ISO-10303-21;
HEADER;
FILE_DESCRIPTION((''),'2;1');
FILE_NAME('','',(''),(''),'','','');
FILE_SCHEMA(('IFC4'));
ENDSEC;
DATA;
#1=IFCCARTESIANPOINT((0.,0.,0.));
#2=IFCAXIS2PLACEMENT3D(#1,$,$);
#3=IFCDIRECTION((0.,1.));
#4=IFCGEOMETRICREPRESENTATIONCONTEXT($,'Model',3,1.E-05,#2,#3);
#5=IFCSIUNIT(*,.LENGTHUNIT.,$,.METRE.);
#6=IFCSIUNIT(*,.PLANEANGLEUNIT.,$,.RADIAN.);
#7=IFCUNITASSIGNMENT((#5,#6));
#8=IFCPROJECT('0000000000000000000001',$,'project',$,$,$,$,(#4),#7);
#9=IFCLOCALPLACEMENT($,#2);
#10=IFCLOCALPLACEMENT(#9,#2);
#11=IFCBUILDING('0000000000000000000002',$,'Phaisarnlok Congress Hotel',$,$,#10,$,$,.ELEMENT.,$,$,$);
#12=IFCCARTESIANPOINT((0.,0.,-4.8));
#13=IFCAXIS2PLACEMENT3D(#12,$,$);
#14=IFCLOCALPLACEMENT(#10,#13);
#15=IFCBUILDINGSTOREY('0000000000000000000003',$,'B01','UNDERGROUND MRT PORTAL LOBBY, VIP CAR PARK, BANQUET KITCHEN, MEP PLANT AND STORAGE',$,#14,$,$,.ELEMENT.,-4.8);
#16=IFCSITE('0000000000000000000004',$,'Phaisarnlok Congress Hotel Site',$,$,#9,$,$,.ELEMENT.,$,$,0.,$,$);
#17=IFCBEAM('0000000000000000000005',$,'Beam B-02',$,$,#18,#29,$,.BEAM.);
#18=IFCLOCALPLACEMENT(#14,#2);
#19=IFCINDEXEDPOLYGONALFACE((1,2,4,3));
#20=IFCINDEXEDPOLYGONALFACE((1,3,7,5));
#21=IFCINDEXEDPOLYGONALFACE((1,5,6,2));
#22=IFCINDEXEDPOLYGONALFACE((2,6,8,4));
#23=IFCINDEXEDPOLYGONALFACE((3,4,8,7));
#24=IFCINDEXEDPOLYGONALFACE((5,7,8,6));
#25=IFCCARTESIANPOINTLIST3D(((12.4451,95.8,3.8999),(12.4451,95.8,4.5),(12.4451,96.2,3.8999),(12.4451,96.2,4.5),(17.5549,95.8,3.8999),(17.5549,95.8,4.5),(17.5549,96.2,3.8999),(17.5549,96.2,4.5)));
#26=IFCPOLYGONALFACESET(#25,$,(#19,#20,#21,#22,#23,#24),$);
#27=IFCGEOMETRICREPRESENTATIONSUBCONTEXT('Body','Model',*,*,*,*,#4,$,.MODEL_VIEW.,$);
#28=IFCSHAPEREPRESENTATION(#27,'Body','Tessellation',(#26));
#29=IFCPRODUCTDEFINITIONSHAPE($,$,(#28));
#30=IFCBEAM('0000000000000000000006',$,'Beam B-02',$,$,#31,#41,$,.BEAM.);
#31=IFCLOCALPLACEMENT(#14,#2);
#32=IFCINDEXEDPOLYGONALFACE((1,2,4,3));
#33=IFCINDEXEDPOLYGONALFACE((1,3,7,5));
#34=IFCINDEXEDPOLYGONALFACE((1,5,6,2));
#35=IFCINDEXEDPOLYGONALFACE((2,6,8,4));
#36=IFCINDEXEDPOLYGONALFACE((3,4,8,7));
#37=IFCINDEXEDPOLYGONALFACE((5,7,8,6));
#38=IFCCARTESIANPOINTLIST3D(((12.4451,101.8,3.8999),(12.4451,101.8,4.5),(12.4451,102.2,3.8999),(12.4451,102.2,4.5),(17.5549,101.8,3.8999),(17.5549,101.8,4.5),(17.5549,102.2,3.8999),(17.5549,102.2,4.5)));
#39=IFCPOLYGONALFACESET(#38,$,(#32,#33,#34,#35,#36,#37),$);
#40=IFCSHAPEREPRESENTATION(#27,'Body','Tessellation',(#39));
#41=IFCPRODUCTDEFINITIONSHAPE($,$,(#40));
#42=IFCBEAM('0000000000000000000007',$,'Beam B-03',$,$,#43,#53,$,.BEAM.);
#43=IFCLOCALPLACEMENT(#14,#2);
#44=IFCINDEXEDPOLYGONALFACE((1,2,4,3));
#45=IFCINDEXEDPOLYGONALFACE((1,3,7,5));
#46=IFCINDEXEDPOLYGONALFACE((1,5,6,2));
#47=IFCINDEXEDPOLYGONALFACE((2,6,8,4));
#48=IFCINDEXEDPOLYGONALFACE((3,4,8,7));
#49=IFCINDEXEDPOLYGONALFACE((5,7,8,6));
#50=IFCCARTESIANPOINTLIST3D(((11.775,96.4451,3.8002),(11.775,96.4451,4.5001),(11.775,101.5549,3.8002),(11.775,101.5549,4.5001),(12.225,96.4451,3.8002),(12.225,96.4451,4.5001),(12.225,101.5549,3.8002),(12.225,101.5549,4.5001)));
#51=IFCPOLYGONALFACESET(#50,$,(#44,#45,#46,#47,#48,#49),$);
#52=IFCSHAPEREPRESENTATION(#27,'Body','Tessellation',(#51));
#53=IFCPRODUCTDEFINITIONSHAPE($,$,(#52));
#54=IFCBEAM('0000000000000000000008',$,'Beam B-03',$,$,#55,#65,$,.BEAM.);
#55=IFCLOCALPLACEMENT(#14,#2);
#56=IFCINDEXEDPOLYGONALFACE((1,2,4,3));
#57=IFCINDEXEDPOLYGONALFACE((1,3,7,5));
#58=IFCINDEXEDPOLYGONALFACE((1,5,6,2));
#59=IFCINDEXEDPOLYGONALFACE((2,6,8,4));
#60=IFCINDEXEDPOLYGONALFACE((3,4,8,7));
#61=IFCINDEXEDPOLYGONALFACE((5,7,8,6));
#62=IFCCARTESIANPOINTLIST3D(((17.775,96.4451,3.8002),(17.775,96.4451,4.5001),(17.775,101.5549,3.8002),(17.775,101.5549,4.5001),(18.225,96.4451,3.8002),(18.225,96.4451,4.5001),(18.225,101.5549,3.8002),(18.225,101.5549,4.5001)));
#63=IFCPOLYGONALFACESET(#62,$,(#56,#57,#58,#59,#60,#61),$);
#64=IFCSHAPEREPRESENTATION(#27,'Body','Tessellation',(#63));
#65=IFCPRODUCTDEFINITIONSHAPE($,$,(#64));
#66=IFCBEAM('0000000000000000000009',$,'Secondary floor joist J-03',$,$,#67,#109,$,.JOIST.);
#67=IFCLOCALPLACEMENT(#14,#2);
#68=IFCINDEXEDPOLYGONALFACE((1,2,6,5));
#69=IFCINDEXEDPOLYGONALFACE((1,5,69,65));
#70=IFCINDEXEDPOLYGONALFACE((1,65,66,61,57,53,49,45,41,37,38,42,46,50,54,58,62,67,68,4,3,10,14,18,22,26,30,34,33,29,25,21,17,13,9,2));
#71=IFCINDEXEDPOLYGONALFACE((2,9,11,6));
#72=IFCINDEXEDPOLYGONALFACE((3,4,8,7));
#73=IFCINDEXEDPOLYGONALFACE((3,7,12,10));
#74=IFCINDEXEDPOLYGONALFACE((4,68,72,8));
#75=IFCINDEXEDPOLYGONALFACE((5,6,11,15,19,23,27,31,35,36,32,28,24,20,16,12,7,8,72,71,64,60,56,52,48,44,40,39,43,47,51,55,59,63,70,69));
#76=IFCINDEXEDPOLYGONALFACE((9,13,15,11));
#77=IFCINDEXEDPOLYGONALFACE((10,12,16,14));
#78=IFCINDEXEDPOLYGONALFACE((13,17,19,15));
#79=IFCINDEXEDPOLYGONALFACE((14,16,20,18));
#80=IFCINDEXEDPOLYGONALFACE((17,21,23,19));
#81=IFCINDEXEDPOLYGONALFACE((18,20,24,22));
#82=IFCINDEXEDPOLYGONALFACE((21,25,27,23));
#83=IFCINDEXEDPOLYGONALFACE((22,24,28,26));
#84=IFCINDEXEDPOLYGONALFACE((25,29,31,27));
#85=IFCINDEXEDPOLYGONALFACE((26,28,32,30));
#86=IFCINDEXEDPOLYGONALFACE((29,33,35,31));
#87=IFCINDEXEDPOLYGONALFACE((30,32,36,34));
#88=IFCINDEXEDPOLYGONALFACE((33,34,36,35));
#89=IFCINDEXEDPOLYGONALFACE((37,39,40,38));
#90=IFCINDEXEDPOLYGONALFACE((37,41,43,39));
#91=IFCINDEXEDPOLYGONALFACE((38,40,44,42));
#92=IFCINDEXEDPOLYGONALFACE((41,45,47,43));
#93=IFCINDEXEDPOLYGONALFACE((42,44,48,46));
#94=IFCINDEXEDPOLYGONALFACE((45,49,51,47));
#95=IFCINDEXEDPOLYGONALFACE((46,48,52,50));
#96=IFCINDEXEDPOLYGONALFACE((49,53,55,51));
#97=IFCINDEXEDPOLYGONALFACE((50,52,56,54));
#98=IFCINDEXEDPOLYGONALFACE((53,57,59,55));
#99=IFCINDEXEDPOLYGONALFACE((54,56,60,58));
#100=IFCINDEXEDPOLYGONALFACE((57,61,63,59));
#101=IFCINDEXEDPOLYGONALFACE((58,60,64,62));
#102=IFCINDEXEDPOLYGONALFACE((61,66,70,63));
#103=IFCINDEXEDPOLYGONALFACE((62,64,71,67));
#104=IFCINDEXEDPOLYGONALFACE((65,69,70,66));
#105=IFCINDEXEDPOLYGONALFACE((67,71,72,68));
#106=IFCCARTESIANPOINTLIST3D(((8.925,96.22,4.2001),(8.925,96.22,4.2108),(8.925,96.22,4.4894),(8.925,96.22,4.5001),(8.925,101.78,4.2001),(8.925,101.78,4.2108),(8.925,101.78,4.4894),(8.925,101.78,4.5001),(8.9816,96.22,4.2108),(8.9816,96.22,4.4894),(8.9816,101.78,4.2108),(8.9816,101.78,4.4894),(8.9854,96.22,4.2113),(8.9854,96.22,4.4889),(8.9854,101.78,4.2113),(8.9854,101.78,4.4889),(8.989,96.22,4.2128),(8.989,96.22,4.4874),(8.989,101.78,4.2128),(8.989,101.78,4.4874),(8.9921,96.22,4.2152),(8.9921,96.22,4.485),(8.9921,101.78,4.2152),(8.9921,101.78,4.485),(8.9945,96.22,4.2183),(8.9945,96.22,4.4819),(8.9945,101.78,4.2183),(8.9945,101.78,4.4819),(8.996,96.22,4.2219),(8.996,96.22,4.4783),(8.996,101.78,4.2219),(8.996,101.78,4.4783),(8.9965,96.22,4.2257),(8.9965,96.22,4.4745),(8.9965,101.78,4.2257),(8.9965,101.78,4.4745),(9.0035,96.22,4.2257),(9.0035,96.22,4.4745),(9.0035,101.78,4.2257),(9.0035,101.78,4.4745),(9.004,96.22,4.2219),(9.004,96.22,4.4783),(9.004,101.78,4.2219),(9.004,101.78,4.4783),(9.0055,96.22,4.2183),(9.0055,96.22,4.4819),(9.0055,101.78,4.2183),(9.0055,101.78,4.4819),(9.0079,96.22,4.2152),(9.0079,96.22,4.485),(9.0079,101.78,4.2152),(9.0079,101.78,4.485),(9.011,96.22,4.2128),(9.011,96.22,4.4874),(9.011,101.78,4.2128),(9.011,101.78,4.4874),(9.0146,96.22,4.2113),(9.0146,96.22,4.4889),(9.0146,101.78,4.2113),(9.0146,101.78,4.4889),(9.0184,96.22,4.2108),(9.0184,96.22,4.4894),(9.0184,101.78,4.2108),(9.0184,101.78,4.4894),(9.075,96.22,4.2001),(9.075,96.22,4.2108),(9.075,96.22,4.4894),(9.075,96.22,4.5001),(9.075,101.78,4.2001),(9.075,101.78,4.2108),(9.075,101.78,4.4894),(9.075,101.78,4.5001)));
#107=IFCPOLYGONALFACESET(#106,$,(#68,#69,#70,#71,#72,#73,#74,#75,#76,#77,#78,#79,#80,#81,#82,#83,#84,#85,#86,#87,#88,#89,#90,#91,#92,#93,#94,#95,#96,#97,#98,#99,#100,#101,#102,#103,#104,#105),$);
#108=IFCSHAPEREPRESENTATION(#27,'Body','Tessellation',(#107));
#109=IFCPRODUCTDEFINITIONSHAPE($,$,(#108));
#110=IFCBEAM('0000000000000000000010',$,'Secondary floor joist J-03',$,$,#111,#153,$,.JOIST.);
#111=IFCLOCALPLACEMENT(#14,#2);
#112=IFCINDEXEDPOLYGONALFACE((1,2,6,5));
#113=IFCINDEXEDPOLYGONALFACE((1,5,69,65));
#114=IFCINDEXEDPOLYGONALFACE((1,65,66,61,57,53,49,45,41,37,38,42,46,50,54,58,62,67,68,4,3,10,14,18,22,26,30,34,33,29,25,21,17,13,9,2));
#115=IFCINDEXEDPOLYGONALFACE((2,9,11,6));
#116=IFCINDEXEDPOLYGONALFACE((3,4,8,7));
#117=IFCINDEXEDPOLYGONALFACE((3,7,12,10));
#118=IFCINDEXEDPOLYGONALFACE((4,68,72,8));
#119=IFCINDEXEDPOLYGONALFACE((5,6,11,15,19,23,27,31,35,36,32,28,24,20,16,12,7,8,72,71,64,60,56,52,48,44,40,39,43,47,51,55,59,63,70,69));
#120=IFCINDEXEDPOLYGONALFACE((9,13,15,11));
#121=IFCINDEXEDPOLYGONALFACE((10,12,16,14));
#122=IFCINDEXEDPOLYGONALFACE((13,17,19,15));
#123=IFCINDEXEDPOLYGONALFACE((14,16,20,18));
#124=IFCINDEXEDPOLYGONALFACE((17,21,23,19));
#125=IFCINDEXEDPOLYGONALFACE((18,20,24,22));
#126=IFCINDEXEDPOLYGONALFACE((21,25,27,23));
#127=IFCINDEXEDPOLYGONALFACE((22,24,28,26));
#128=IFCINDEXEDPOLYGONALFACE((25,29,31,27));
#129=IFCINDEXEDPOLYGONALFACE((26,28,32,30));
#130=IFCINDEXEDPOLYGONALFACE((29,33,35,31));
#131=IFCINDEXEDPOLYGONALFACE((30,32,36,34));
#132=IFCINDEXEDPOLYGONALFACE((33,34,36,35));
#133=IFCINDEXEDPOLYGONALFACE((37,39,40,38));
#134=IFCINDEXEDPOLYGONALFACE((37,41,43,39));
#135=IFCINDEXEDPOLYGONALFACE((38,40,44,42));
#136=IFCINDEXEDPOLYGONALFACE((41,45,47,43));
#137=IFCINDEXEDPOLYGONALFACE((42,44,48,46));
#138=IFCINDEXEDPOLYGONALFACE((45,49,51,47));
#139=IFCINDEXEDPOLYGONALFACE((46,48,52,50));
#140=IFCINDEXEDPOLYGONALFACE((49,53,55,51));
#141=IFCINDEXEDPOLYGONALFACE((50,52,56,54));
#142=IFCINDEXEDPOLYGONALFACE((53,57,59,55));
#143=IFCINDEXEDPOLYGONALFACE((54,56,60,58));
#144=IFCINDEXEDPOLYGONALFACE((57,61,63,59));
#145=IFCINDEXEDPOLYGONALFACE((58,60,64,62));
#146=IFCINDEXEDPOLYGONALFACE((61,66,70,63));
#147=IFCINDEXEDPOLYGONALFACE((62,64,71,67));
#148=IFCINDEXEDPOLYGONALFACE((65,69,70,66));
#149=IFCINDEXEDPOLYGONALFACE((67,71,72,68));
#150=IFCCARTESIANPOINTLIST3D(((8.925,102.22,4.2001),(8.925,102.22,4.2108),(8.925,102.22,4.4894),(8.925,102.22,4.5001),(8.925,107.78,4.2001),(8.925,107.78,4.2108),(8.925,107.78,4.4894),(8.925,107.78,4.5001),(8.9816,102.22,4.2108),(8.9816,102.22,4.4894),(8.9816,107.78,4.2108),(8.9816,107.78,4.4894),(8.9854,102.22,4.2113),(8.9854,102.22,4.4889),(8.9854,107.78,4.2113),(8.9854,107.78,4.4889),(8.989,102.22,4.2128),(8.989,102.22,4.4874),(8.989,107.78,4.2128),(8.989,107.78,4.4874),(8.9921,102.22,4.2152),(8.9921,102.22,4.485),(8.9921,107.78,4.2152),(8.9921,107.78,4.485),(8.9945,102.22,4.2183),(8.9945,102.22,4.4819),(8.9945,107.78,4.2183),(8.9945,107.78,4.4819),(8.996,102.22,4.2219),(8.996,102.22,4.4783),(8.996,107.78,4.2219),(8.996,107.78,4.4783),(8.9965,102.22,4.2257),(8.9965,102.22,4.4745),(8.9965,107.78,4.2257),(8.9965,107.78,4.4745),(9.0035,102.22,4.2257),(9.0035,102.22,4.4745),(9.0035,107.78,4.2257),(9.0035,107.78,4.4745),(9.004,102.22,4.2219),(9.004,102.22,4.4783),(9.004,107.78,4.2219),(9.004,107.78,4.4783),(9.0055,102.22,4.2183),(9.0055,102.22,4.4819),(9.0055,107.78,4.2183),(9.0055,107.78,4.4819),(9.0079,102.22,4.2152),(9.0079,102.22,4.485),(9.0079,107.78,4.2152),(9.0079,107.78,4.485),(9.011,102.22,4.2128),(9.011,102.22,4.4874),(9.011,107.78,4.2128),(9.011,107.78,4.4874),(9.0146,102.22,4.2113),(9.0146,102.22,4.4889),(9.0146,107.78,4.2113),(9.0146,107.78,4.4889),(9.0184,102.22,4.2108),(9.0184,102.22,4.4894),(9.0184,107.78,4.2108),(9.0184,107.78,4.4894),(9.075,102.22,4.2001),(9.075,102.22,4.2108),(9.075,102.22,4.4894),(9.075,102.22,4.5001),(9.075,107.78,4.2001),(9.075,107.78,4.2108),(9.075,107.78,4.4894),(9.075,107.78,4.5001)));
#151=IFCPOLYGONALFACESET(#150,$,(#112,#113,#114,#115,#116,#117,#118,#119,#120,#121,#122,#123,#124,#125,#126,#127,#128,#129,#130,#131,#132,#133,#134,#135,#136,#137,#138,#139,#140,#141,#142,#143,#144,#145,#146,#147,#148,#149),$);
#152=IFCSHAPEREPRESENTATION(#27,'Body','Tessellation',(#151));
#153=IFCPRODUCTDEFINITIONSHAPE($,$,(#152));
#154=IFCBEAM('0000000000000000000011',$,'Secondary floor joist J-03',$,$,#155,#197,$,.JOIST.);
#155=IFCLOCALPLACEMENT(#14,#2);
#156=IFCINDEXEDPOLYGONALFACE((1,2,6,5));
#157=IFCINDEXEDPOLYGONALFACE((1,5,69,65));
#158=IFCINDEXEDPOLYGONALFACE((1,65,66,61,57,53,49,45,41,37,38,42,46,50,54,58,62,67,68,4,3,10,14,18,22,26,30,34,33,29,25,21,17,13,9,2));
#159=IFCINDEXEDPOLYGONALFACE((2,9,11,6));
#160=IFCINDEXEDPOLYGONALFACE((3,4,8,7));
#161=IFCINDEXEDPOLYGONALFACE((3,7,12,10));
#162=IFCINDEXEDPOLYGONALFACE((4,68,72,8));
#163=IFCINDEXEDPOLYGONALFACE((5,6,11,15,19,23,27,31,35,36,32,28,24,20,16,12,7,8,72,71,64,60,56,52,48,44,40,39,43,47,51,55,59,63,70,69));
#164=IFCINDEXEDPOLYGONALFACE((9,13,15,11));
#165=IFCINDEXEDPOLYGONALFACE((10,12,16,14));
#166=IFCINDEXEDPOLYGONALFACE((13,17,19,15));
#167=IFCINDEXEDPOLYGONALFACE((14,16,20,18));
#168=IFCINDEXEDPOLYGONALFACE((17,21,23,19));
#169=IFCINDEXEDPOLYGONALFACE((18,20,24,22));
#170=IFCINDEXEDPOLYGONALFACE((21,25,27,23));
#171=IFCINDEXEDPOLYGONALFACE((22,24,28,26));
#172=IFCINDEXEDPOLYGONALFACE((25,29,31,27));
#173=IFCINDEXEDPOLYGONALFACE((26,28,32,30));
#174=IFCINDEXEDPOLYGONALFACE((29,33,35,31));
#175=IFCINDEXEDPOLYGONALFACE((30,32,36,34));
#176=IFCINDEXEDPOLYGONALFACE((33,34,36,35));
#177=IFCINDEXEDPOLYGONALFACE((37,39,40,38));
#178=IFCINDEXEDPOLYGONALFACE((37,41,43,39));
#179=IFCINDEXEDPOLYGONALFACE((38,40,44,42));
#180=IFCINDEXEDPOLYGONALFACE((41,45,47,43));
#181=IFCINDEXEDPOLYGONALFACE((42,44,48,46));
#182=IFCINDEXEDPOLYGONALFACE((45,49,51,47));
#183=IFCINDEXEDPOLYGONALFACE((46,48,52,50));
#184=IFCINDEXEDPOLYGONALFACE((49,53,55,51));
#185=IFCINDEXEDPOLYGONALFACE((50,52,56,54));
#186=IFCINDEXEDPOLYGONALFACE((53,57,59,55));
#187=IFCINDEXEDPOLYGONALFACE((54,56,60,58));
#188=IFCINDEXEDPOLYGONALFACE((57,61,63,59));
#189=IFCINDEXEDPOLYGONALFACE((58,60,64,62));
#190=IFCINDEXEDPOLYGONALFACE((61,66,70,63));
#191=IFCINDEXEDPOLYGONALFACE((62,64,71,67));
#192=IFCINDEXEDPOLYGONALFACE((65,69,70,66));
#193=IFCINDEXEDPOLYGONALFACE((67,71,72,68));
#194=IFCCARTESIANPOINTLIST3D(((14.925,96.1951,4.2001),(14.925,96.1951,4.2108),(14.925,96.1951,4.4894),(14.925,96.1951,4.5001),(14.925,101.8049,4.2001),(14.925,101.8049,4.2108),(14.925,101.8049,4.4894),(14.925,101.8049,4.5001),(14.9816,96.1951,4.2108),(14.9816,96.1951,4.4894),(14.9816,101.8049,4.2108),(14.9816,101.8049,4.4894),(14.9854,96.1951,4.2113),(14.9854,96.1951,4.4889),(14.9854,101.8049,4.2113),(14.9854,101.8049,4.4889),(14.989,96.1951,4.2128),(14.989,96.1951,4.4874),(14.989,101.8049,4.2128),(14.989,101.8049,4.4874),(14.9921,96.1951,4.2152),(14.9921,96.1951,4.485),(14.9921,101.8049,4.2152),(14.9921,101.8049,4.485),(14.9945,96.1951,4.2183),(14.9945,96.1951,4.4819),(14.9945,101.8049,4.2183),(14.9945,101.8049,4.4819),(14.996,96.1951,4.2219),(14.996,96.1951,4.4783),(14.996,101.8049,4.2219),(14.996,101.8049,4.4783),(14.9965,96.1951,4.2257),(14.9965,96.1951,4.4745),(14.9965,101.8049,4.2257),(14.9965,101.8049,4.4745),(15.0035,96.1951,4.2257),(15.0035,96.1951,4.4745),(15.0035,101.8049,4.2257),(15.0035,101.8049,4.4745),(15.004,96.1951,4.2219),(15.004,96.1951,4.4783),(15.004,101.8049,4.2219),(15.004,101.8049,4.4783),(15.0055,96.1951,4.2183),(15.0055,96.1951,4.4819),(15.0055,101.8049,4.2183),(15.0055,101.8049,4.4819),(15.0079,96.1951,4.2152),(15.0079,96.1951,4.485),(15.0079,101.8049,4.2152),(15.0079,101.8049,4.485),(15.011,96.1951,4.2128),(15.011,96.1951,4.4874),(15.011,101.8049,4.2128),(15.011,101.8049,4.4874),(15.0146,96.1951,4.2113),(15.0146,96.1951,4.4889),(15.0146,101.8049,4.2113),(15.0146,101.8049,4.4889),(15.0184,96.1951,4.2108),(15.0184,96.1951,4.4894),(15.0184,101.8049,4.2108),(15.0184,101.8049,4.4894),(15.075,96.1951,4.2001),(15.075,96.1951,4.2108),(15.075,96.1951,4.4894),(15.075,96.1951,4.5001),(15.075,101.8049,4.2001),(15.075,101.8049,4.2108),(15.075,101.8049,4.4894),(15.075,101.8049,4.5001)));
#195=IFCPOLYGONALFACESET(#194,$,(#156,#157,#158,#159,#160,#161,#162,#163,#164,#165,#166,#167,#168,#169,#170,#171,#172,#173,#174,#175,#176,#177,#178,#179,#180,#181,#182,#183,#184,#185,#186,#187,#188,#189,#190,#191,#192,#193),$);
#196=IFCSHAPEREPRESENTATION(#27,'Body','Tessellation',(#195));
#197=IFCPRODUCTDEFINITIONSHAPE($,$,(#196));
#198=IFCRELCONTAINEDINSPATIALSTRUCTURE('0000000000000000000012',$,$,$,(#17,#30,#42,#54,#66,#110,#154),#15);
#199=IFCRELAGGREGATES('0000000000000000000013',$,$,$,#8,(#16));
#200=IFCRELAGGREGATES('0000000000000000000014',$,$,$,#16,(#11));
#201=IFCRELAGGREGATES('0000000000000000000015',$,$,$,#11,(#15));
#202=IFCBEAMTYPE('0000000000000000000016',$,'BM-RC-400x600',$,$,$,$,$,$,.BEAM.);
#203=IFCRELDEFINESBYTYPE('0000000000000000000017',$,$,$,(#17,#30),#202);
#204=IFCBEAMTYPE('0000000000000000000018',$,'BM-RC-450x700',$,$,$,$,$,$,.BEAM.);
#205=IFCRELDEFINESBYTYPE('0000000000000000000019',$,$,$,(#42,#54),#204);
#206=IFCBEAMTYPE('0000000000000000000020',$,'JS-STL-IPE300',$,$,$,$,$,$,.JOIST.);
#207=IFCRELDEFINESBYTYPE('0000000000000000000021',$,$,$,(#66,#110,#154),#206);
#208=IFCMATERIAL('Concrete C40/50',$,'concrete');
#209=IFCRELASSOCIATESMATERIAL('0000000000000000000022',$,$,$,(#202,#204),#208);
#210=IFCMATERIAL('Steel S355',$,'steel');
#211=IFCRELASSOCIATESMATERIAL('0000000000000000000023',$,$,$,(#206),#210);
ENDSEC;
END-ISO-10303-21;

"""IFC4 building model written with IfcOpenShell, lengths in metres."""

from ifc_helpers import new_model, si_unit, direction, frame, origin, origin_2d, place, context, subcontext, project, spatial, rectangle, i_section, extrude, material, material_profile, profile_set, type_object, element, save


model = new_model("IFC4")

# Units and contexts
model_context = context("Model", 3, precision=1e-05, world=origin(), true_north=direction((0.0, 1.0)))
body_context = subcontext(model_context, "Body", "Model", "MODEL_VIEW")
ifc_project = project(units=[si_unit("LENGTHUNIT", "METRE"), si_unit("PLANEANGLEUNIT", "RADIAN")], contexts=[model_context])

# Site, building, storey
site_placement = place(None, origin())
site = spatial("IfcSite", under=ifc_project, at=site_placement, Name="Phaisarnlok Congress Hotel Site", CompositionType="ELEMENT", RefElevation=0.0)
building_placement = place(site_placement, origin())
building = spatial("IfcBuilding", under=site, at=building_placement, Name="Phaisarnlok Congress Hotel", CompositionType="ELEMENT")
storey_placement = place(building_placement, frame((0.0, 0.0, -4.8)))
storey = spatial("IfcBuildingStorey", under=building, at=storey_placement, Name="B01", Description="UNDERGROUND MRT PORTAL LOBBY, VIP CAR PARK, BANQUET KITCHEN, MEP PLANT AND STORAGE", CompositionType="ELEMENT", Elevation=-4.8)

# Shared definitions
ifc_material_1 = material(Name="Concrete C40/50", Category="concrete")

# Beams
ifc_material_profile_1 = material_profile(ifc_material_1, rectangle(XDim=0.3999, YDim=0.6001, at=origin_2d()), Name="RC 400x600")
ifc_profile_set_1 = profile_set([ifc_material_profile_1], Name="Concrete C40/50")
beam_type_1 = type_object("IfcBeamType", Name="BM-RC-400x600", PredefinedType="BEAM", material=ifc_profile_set_1)
for number, where, z_axis, x_axis, name in (
    (1, (12.4451, 96.0, 4.2), (1.0, 0.0, 0.0), (0.0, 1.0, 0.0), "Beam B-02"),
    (2, (12.4451, 102.0, 4.2), (1.0, 0.0, 0.0), (0.0, 1.0, 0.0), "Beam B-02"),
):
    element("IfcBeam", number, at=place(storey_placement, frame(where, z_axis=z_axis, x_axis=x_axis)), inside=storey, type_object=beam_type_1, Name=name, PredefinedType="BEAM", context=body_context, shape_type="SweptSolid", body=[
        extrude(rectangle(XDim=0.3999, YDim=0.6001, at=origin_2d()), origin(), (0.0, 0.0, 1.0), 5.1099),
    ])
ifc_material_profile_2 = material_profile(ifc_material_1, rectangle(XDim=0.45, YDim=0.7, at=origin_2d()), Name="RC 450x700")
ifc_profile_set_2 = profile_set([ifc_material_profile_2], Name="Concrete C40/50")
beam_type_2 = type_object("IfcBeamType", Name="BM-RC-450x700", PredefinedType="BEAM", material=ifc_profile_set_2)
for number, where, z_axis, x_axis, name in (
    (3, (12.0, 96.4451, 4.1501), (0.0, 1.0, 0.0), (-1.0, 0.0, 0.0), "Beam B-03"),
    (4, (18.0, 96.4451, 4.1501), (0.0, 1.0, 0.0), (-1.0, 0.0, 0.0), "Beam B-03"),
):
    element("IfcBeam", number, at=place(storey_placement, frame(where, z_axis=z_axis, x_axis=x_axis)), inside=storey, type_object=beam_type_2, Name=name, PredefinedType="BEAM", context=body_context, shape_type="SweptSolid", body=[
        extrude(rectangle(XDim=0.45, YDim=0.7, at=origin_2d()), origin(), (0.0, 0.0, 1.0), 5.1099),
    ])
ifc_material_2 = material(Name="Steel S355", Category="steel")
ifc_material_profile_3 = material_profile(ifc_material_2, i_section(OverallWidth=0.1499, OverallDepth=0.3, WebThickness=0.0071, FlangeThickness=0.0107, FilletRadius=0.0149, at=origin_2d()), Name="IPE 300")
ifc_profile_set_3 = profile_set([ifc_material_profile_3], Name="Steel S355")
beam_type_3 = type_object("IfcBeamType", Name="JS-STL-IPE300", PredefinedType="JOIST", material=ifc_profile_set_3)
for number, where, z_axis, x_axis, name in (
    (5, (9.0, 96.22, 4.3501), (0.0, 1.0, 0.0), (-1.0, 0.0, 0.0), "Secondary floor joist J-03"),
    (6, (9.0, 102.22, 4.3501), (0.0, 1.0, 0.0), (-1.0, 0.0, 0.0), "Secondary floor joist J-03"),
):
    element("IfcBeam", number, at=place(storey_placement, frame(where, z_axis=z_axis, x_axis=x_axis)), inside=storey, type_object=beam_type_3, Name=name, PredefinedType="JOIST", context=body_context, shape_type="SweptSolid", body=[
        extrude(i_section(OverallWidth=0.1499, OverallDepth=0.3, WebThickness=0.0071, FlangeThickness=0.0107, FilletRadius=0.0149, at=origin_2d()), origin(), (0.0, 0.0, 1.0), 5.5601),
    ])
for number, where, z_axis, x_axis, name in (
    (7, (15.0, 96.1951, 4.3501), (0.0, 1.0, 0.0), (-1.0, 0.0, 0.0), "Secondary floor joist J-03"),
):
    element("IfcBeam", number, at=place(storey_placement, frame(where, z_axis=z_axis, x_axis=x_axis)), inside=storey, type_object=beam_type_3, Name=name, PredefinedType="JOIST", context=body_context, shape_type="SweptSolid", body=[
        extrude(i_section(OverallWidth=0.1499, OverallDepth=0.3, WebThickness=0.0071, FlangeThickness=0.0107, FilletRadius=0.0149, at=origin_2d()), origin(), (0.0, 0.0, 1.0), 5.6099),
    ])

save(model, "model.ifc")
